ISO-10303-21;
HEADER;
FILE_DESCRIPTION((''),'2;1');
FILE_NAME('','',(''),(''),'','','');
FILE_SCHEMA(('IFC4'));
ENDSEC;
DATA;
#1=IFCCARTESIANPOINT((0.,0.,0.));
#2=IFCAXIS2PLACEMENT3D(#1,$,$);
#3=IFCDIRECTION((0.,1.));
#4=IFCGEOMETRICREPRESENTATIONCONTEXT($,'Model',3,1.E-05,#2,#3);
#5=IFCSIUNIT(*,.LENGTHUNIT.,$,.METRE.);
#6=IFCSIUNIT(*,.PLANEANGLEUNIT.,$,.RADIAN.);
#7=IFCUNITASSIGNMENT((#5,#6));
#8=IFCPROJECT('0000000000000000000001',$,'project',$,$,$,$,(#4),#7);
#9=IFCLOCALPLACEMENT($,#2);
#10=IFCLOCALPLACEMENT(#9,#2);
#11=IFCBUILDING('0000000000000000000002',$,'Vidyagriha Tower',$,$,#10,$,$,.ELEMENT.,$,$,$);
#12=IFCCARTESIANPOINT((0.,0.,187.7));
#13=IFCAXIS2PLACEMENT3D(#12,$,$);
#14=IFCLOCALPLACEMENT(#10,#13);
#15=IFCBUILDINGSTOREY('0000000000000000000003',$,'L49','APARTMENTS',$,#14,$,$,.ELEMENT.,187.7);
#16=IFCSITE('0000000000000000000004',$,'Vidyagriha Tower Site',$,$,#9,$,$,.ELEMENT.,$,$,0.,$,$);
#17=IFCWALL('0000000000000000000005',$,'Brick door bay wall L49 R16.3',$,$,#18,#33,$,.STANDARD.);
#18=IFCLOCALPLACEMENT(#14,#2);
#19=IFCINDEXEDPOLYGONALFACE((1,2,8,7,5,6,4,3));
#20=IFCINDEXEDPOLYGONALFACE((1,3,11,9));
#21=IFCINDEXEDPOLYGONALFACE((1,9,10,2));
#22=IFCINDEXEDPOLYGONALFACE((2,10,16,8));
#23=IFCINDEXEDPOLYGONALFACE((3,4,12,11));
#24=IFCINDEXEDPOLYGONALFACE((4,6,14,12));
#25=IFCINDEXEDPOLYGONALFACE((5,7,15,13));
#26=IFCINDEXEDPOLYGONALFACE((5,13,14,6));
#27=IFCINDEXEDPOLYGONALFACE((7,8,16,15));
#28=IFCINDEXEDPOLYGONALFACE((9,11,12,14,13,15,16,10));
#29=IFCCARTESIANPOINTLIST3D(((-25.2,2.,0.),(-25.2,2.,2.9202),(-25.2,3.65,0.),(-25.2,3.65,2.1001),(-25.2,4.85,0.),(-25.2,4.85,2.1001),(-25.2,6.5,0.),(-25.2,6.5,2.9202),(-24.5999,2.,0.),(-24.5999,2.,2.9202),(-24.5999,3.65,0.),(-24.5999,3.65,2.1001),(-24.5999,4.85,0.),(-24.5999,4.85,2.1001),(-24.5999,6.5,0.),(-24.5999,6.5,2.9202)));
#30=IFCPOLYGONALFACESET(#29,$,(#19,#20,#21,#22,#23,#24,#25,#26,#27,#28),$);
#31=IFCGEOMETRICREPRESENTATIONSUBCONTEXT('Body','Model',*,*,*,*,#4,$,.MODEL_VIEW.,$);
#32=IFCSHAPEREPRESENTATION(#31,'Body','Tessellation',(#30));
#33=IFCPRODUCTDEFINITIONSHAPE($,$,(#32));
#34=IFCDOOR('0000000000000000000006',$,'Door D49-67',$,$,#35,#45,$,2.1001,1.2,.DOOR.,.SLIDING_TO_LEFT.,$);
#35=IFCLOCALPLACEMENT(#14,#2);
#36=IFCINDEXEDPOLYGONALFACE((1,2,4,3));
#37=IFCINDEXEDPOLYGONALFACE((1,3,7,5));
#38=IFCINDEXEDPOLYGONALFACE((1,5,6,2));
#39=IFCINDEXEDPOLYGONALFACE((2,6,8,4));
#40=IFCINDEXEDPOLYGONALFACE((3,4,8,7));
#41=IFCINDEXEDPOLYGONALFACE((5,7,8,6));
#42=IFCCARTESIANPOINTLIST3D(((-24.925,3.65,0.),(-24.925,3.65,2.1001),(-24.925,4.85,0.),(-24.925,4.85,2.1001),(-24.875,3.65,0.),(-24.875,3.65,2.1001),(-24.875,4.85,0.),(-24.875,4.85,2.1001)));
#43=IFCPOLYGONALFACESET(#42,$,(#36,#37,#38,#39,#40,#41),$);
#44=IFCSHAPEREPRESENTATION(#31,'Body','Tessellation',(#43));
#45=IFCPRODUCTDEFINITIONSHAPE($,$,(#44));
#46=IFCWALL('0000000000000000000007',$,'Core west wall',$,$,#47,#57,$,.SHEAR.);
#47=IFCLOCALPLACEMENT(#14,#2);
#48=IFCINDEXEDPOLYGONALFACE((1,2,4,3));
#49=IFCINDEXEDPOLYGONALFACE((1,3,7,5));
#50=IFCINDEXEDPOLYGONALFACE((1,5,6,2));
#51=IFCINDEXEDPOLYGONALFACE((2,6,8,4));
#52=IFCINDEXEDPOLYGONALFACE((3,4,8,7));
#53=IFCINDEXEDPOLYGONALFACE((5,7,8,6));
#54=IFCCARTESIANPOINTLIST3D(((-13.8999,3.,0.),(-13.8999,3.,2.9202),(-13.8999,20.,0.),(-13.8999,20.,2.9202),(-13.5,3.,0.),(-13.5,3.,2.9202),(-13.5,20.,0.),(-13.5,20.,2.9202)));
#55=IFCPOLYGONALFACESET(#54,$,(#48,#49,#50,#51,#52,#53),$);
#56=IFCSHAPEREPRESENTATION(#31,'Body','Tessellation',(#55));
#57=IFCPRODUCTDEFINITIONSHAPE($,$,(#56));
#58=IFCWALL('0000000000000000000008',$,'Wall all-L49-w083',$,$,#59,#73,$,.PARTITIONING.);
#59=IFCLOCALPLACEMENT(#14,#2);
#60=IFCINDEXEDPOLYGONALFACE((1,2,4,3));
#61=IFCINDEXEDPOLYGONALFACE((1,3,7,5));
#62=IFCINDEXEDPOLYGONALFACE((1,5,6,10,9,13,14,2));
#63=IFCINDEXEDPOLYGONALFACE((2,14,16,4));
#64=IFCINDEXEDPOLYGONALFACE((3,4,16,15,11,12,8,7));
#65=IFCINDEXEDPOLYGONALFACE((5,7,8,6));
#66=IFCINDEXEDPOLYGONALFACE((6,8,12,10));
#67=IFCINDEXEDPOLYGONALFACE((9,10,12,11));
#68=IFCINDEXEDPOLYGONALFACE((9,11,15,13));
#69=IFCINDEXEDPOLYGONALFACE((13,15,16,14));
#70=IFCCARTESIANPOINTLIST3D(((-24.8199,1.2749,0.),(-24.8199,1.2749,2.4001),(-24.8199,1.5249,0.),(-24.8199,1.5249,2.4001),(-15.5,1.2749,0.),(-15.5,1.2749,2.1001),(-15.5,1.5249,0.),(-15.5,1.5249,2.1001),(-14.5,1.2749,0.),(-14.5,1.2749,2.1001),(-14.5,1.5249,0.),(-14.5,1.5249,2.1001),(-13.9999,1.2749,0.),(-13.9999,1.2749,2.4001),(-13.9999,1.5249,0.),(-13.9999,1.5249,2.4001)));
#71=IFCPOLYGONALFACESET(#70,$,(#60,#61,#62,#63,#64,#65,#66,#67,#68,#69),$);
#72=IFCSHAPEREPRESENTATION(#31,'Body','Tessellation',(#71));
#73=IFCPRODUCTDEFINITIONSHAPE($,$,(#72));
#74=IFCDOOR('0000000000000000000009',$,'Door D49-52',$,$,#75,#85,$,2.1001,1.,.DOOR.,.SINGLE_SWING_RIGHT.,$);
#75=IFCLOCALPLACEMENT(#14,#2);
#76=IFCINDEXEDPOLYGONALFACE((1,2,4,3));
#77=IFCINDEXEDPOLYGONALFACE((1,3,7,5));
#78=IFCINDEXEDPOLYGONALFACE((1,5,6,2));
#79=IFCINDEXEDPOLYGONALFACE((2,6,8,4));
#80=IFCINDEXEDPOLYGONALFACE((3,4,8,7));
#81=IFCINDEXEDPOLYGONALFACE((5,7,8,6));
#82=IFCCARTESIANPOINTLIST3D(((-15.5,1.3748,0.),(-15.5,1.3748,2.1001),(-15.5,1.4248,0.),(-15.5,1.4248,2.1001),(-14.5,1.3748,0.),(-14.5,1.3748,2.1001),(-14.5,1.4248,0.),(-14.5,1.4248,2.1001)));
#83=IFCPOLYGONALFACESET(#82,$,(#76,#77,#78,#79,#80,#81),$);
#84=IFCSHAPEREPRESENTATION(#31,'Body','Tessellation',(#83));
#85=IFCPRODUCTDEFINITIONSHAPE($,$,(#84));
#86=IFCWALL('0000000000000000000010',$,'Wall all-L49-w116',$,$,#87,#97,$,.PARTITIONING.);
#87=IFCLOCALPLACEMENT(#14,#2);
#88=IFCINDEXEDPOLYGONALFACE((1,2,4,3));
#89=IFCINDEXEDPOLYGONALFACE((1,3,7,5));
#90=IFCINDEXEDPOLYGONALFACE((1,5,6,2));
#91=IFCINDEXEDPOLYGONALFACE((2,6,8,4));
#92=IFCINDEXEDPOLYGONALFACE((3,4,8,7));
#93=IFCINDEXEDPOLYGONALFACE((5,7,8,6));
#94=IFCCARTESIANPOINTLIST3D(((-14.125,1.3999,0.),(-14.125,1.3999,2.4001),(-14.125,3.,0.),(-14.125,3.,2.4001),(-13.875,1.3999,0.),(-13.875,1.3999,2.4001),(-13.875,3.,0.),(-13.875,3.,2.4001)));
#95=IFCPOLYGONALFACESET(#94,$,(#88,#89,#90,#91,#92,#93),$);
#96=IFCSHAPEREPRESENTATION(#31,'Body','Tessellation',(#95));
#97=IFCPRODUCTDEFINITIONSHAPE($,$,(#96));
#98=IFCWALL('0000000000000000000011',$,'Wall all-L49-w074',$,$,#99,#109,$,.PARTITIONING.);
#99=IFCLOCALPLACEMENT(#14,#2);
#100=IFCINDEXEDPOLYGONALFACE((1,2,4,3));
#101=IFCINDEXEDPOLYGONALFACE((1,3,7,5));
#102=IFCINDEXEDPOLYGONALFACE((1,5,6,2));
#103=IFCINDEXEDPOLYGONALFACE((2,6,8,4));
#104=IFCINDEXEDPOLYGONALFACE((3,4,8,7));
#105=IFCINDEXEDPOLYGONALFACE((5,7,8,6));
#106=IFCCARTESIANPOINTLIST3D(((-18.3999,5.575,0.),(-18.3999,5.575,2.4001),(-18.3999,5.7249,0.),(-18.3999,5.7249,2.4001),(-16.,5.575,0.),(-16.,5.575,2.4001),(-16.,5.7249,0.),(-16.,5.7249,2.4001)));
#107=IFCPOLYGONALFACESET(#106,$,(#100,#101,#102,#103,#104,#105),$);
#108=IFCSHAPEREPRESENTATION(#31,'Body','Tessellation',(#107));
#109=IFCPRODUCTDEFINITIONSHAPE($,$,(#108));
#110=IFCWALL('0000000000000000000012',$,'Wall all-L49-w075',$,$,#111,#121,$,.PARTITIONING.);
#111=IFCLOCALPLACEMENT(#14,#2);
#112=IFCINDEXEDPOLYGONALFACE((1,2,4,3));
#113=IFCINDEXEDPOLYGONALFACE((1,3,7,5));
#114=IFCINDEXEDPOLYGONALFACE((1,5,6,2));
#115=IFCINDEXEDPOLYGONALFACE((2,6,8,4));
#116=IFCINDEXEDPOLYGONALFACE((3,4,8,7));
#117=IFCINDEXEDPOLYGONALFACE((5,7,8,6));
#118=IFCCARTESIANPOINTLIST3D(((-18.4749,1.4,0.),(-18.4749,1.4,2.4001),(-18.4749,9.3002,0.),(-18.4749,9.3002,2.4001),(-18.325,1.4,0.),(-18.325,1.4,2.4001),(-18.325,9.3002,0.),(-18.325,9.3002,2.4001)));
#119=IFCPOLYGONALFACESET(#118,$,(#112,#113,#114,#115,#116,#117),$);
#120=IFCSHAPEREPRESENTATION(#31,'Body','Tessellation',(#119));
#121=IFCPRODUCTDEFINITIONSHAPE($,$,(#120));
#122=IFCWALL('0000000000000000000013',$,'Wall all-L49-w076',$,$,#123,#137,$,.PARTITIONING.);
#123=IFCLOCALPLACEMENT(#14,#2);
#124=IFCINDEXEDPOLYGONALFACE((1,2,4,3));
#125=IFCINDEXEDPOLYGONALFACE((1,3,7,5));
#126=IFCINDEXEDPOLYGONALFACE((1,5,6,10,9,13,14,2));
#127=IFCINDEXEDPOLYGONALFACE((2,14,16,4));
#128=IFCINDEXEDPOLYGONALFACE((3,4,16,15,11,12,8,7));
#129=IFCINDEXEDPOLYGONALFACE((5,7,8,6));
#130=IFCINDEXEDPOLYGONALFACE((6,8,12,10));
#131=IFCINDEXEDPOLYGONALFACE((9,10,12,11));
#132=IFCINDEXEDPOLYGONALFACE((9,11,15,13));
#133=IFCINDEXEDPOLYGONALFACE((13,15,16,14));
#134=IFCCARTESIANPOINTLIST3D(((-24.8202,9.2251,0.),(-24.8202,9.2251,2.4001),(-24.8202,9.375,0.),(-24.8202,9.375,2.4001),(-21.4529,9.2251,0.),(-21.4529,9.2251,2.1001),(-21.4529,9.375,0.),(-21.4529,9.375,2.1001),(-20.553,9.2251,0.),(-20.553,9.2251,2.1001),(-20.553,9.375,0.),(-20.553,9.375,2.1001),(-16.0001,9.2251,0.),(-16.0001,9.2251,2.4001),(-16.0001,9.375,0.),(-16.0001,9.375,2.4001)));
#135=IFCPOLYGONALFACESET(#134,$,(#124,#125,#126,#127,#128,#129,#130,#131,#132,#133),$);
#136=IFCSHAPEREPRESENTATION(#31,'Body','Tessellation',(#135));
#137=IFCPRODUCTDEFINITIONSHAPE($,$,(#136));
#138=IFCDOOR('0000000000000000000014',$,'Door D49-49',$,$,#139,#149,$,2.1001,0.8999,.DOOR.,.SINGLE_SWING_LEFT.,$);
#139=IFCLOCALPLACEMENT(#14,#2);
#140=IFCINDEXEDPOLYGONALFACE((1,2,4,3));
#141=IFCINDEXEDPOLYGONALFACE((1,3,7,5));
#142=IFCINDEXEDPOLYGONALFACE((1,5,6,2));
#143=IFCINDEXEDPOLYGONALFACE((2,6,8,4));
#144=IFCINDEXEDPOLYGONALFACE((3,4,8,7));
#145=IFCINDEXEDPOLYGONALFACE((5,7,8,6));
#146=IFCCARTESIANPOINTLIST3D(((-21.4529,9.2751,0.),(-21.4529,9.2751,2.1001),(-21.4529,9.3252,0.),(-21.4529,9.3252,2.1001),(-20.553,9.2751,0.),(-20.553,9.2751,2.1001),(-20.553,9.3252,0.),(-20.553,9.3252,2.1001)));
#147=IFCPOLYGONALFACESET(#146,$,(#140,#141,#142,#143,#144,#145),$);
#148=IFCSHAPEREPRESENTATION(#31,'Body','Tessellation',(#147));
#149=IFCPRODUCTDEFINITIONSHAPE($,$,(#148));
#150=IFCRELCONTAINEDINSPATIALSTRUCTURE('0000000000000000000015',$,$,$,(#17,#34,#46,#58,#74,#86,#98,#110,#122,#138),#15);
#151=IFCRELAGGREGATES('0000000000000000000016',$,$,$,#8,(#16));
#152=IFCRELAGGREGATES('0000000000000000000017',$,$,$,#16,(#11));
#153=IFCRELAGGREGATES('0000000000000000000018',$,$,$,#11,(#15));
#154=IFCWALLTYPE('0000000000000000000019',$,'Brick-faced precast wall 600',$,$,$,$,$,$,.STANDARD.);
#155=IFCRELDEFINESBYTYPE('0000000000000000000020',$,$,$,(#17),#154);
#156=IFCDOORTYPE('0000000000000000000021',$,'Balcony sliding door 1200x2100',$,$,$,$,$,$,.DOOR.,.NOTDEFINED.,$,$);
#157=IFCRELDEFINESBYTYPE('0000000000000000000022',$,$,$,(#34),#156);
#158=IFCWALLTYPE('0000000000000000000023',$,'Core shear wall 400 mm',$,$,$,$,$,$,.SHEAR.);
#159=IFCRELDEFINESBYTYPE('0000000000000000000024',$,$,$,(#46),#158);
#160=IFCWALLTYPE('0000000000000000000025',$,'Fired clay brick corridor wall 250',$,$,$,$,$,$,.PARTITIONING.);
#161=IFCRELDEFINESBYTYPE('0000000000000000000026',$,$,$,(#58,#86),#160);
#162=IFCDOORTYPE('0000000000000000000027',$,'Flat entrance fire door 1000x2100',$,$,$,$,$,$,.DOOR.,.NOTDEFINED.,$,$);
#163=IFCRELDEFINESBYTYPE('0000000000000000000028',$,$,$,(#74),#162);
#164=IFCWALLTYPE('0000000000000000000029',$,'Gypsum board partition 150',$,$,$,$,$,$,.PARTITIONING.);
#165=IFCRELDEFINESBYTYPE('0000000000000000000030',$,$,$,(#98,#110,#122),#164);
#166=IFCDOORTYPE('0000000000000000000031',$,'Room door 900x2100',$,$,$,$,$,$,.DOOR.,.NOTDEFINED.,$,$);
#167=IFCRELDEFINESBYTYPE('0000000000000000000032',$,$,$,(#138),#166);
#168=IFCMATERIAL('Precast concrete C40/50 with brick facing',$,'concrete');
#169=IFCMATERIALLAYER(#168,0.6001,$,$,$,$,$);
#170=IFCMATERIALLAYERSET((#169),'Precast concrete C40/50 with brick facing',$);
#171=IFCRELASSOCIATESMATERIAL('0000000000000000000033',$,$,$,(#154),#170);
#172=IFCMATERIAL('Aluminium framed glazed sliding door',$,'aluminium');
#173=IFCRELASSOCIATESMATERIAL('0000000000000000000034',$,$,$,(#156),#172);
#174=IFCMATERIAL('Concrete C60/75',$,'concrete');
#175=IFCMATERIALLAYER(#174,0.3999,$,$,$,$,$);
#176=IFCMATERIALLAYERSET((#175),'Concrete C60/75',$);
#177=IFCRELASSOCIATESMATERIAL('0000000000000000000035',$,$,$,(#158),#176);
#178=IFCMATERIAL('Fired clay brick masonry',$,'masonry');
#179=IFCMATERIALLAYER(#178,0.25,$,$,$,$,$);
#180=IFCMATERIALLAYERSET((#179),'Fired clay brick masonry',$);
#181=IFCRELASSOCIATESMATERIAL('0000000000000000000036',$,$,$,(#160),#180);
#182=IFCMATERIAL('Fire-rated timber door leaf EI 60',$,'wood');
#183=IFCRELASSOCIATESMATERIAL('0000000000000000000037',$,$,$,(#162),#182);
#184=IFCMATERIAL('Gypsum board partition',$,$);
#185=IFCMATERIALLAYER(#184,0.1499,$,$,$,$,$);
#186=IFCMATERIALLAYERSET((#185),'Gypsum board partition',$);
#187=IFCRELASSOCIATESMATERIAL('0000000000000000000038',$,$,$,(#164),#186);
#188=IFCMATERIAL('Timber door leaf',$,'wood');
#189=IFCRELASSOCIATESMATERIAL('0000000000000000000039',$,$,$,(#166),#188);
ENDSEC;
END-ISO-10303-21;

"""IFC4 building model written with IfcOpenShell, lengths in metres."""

from ifc_helpers import new_model, si_unit, direction, frame, frame_2d, origin, place, context, subcontext, project, spatial, rectangle, extrude, material, layer, layer_set, type_object, element, fill, save


model = new_model("IFC4")

# Units and contexts
model_context = context("Model", 3, precision=1e-05, world=origin(), true_north=direction((0.0, 1.0)))
body_context = subcontext(model_context, "Body", "Model", "MODEL_VIEW")
ifc_project = project(units=[si_unit("LENGTHUNIT", "METRE"), si_unit("PLANEANGLEUNIT", "RADIAN")], contexts=[model_context])

# Site, building, storey
site_placement = place(None, origin())
site = spatial("IfcSite", under=ifc_project, at=site_placement, Name="Vidyagriha Tower Site", CompositionType="ELEMENT", RefElevation=0.0)
building_placement = place(site_placement, origin())
building = spatial("IfcBuilding", under=site, at=building_placement, Name="Vidyagriha Tower", CompositionType="ELEMENT")
storey_placement = place(building_placement, frame((0.0, 0.0, 187.7)))
storey = spatial("IfcBuildingStorey", under=building, at=storey_placement, Name="L49", Description="APARTMENTS", CompositionType="ELEMENT", Elevation=187.7)

# Wall, opening, door
ifc_material_1 = material(Name="Precast concrete C40/50 with brick facing", Category="concrete")
ifc_layer_1 = layer(ifc_material_1, 0.6001)
ifc_layer_set_1 = layer_set([ifc_layer_1], Name="Precast concrete C40/50 with brick facing")
wall_type_1 = type_object("IfcWallType", Name="Brick-faced precast wall 600", PredefinedType="STANDARD", material=ifc_layer_set_1)
wall_1_placement = place(storey_placement, frame((-24.8999, 6.5, 0.0), z_axis=(0.0, 0.0, 1.0), x_axis=(0.0, -1.0, 0.0)))
wall_1 = element("IfcWall", 1, at=wall_1_placement, inside=storey, type_object=wall_type_1, Name="Brick door bay wall L49 R16.3", PredefinedType="STANDARD", context=body_context, shape_type="SweptSolid", body=[
    extrude(rectangle(XDim=4.5, YDim=0.6001, at=frame_2d((2.25, 0.0))), origin(), (0.0, 0.0, 1.0), 2.9202),
])
opening_1_placement = place(wall_1_placement, frame((1.6499, 0.0, 0.0)))
opening_1 = element("IfcOpeningElement", 2, at=opening_1_placement, cuts=wall_1, PredefinedType="OPENING", context=body_context, shape_type="SweptSolid", body=[
    extrude(rectangle(XDim=1.2, YDim=2.1001, at=frame_2d((0.6001, 1.05))), frame((0.0, 0.3101, 0.0), z_axis=(0.0, -1.0, 0.0), x_axis=(1.0, 0.0, 0.0)), (0.0, 0.0, 1.0), 0.6201),
])
ifc_material_2 = material(Name="Aluminium framed glazed sliding door", Category="aluminium")
door_type_1 = type_object("IfcDoorType", Name="Balcony sliding door 1200x2100", OperationType="NOTDEFINED", PredefinedType="DOOR", material=ifc_material_2)
door_1_placement = place(opening_1_placement, origin())
door_1 = element("IfcDoor", 3, at=door_1_placement, inside=storey, type_object=door_type_1, Name="Door D49-67", OperationType="SLIDING_TO_LEFT", OverallHeight=2.1001, OverallWidth=1.2, PredefinedType="DOOR", context=body_context, shape_type="SweptSolid", body=[
    extrude(rectangle(XDim=1.2, YDim=2.1001, at=frame_2d((0.6001, 1.05))), frame((0.0, 0.0249, 0.0), z_axis=(0.0, -1.0, 0.0), x_axis=(1.0, 0.0, 0.0)), (0.0, 0.0, 1.0), 0.05),
])
fill(opening_1, door_1)

# Wall
ifc_material_3 = material(Name="Concrete C60/75", Category="concrete")
ifc_layer_2 = layer(ifc_material_3, 0.3999)
ifc_layer_set_2 = layer_set([ifc_layer_2], Name="Concrete C60/75")
wall_type_2 = type_object("IfcWallType", Name="Core shear wall 400 mm", PredefinedType="SHEAR", material=ifc_layer_set_2)
wall_2_placement = place(storey_placement, frame((-13.7, 3.0, 0.0), z_axis=(0.0, 0.0, 1.0), x_axis=(0.0, 1.0, 0.0)))
element("IfcWall", 4, at=wall_2_placement, inside=storey, type_object=wall_type_2, Name="Core west wall", PredefinedType="SHEAR", context=body_context, shape_type="SweptSolid", body=[
    extrude(rectangle(XDim=17.0, YDim=0.3999, at=frame_2d((8.5, 0.0))), origin(), (0.0, 0.0, 1.0), 2.9202),
])

# Wall, opening, door
ifc_material_4 = material(Name="Fired clay brick masonry", Category="masonry")
ifc_layer_3 = layer(ifc_material_4, 0.25)
ifc_layer_set_3 = layer_set([ifc_layer_3], Name="Fired clay brick masonry")
wall_type_3 = type_object("IfcWallType", Name="Fired clay brick corridor wall 250", PredefinedType="PARTITIONING", material=ifc_layer_set_3)
wall_3_placement = place(storey_placement, frame((-24.8201, 1.3999, 0.0)))
wall_3 = element("IfcWall", 5, at=wall_3_placement, inside=storey, type_object=wall_type_3, Name="Wall all-L49-w083", PredefinedType="PARTITIONING", context=body_context, shape_type="SweptSolid", body=[
    extrude(rectangle(XDim=10.8201, YDim=0.25, at=frame_2d((5.4102, 0.0))), origin(), (0.0, 0.0, 1.0), 2.4001),
])
opening_2_placement = place(wall_3_placement, frame((9.3201, 0.0, 0.0)))
opening_2 = element("IfcOpeningElement", 6, at=opening_2_placement, cuts=wall_3, PredefinedType="OPENING", context=body_context, shape_type="SweptSolid", body=[
    extrude(rectangle(XDim=1.0, YDim=2.1001, at=frame_2d((0.5, 1.05))), frame((0.0, 0.135, 0.0), z_axis=(0.0, -1.0, 0.0), x_axis=(1.0, 0.0, 0.0)), (0.0, 0.0, 1.0), 0.27),
])
ifc_material_5 = material(Name="Fire-rated timber door leaf EI 60", Category="wood")
door_type_2 = type_object("IfcDoorType", Name="Flat entrance fire door 1000x2100", OperationType="NOTDEFINED", PredefinedType="DOOR", material=ifc_material_5)
door_2_placement = place(opening_2_placement, origin())
door_2 = element("IfcDoor", 7, at=door_2_placement, inside=storey, type_object=door_type_2, Name="Door D49-52", OperationType="SINGLE_SWING_RIGHT", OverallHeight=2.1001, OverallWidth=1.0, PredefinedType="DOOR", context=body_context, shape_type="SweptSolid", body=[
    extrude(rectangle(XDim=1.0, YDim=2.1001, at=frame_2d((0.5, 1.05))), frame((0.0, 0.0249, 0.0), z_axis=(0.0, -1.0, 0.0), x_axis=(1.0, 0.0, 0.0)), (0.0, 0.0, 1.0), 0.05),
])
fill(opening_2, door_2)

# Walls
wall_4_placement = place(storey_placement, frame((-14.0, 3.0, 0.0), z_axis=(0.0, 0.0, 1.0), x_axis=(0.0, -1.0, 0.0)))
element("IfcWall", 8, at=wall_4_placement, inside=storey, type_object=wall_type_3, Name="Wall all-L49-w116", PredefinedType="PARTITIONING", context=body_context, shape_type="SweptSolid", body=[
    extrude(rectangle(XDim=1.6001, YDim=0.25, at=frame_2d((0.8, 0.0))), origin(), (0.0, 0.0, 1.0), 2.4001),
])
ifc_material_6 = material(Name="Gypsum board partition")
ifc_layer_4 = layer(ifc_material_6, 0.1499)
ifc_layer_set_4 = layer_set([ifc_layer_4], Name="Gypsum board partition")
wall_type_4 = type_object("IfcWallType", Name="Gypsum board partition 150", PredefinedType="PARTITIONING", material=ifc_layer_set_4)
wall_5_placement = place(storey_placement, frame((-18.3999, 5.6499, 0.0)))
element("IfcWall", 9, at=wall_5_placement, inside=storey, type_object=wall_type_4, Name="Wall all-L49-w074", PredefinedType="PARTITIONING", context=body_context, shape_type="SweptSolid", body=[
    extrude(rectangle(XDim=2.3999, YDim=0.1499, at=frame_2d((1.2, 0.0))), origin(), (0.0, 0.0, 1.0), 2.4001),
])
wall_6_placement = place(storey_placement, frame((-18.3999, 1.3999, 0.0), z_axis=(0.0, 0.0, 1.0), x_axis=(0.0, 1.0, 0.0)))
element("IfcWall", 10, at=wall_6_placement, inside=storey, type_object=wall_type_4, Name="Wall all-L49-w075", PredefinedType="PARTITIONING", context=body_context, shape_type="SweptSolid", body=[
    extrude(rectangle(XDim=7.9001, YDim=0.1499, at=frame_2d((3.9502, 0.0))), origin(), (0.0, 0.0, 1.0), 2.4001),
])

# Wall, opening, door
wall_7_placement = place(storey_placement, frame((-16.0, 9.3, 0.0), z_axis=(0.0, 0.0, 1.0), x_axis=(-1.0, 0.0, 0.0)))
wall_7 = element("IfcWall", 11, at=wall_7_placement, inside=storey, type_object=wall_type_4, Name="Wall all-L49-w076", PredefinedType="PARTITIONING", context=body_context, shape_type="SweptSolid", body=[
    extrude(rectangle(XDim=8.8201, YDim=0.1499, at=frame_2d((4.4102, 0.0))), origin(), (0.0, 0.0, 1.0), 2.4001),
])
opening_3_placement = place(wall_7_placement, frame((4.553, 0.0, 0.0)))
opening_3 = element("IfcOpeningElement", 12, at=opening_3_placement, cuts=wall_7, PredefinedType="OPENING", context=body_context, shape_type="SweptSolid", body=[
    extrude(rectangle(XDim=0.8999, YDim=2.1001, at=frame_2d((0.45, 1.05))), frame((0.0, 0.085, 0.0), z_axis=(0.0, -1.0, 0.0), x_axis=(1.0, 0.0, 0.0)), (0.0, 0.0, 1.0), 0.1699),
])
ifc_material_7 = material(Name="Timber door leaf", Category="wood")
door_type_3 = type_object("IfcDoorType", Name="Room door 900x2100", OperationType="NOTDEFINED", PredefinedType="DOOR", material=ifc_material_7)
door_3_placement = place(opening_3_placement, origin())
door_3 = element("IfcDoor", 13, at=door_3_placement, inside=storey, type_object=door_type_3, Name="Door D49-49", OperationType="SINGLE_SWING_LEFT", OverallHeight=2.1001, OverallWidth=0.8999, PredefinedType="DOOR", context=body_context, shape_type="SweptSolid", body=[
    extrude(rectangle(XDim=0.8999, YDim=2.1001, at=frame_2d((0.45, 1.05))), frame((0.0, 0.0249, 0.0), z_axis=(0.0, -1.0, 0.0), x_axis=(1.0, 0.0, 0.0)), (0.0, 0.0, 1.0), 0.05),
])
fill(opening_3, door_3)

save(model, "model.ifc")
